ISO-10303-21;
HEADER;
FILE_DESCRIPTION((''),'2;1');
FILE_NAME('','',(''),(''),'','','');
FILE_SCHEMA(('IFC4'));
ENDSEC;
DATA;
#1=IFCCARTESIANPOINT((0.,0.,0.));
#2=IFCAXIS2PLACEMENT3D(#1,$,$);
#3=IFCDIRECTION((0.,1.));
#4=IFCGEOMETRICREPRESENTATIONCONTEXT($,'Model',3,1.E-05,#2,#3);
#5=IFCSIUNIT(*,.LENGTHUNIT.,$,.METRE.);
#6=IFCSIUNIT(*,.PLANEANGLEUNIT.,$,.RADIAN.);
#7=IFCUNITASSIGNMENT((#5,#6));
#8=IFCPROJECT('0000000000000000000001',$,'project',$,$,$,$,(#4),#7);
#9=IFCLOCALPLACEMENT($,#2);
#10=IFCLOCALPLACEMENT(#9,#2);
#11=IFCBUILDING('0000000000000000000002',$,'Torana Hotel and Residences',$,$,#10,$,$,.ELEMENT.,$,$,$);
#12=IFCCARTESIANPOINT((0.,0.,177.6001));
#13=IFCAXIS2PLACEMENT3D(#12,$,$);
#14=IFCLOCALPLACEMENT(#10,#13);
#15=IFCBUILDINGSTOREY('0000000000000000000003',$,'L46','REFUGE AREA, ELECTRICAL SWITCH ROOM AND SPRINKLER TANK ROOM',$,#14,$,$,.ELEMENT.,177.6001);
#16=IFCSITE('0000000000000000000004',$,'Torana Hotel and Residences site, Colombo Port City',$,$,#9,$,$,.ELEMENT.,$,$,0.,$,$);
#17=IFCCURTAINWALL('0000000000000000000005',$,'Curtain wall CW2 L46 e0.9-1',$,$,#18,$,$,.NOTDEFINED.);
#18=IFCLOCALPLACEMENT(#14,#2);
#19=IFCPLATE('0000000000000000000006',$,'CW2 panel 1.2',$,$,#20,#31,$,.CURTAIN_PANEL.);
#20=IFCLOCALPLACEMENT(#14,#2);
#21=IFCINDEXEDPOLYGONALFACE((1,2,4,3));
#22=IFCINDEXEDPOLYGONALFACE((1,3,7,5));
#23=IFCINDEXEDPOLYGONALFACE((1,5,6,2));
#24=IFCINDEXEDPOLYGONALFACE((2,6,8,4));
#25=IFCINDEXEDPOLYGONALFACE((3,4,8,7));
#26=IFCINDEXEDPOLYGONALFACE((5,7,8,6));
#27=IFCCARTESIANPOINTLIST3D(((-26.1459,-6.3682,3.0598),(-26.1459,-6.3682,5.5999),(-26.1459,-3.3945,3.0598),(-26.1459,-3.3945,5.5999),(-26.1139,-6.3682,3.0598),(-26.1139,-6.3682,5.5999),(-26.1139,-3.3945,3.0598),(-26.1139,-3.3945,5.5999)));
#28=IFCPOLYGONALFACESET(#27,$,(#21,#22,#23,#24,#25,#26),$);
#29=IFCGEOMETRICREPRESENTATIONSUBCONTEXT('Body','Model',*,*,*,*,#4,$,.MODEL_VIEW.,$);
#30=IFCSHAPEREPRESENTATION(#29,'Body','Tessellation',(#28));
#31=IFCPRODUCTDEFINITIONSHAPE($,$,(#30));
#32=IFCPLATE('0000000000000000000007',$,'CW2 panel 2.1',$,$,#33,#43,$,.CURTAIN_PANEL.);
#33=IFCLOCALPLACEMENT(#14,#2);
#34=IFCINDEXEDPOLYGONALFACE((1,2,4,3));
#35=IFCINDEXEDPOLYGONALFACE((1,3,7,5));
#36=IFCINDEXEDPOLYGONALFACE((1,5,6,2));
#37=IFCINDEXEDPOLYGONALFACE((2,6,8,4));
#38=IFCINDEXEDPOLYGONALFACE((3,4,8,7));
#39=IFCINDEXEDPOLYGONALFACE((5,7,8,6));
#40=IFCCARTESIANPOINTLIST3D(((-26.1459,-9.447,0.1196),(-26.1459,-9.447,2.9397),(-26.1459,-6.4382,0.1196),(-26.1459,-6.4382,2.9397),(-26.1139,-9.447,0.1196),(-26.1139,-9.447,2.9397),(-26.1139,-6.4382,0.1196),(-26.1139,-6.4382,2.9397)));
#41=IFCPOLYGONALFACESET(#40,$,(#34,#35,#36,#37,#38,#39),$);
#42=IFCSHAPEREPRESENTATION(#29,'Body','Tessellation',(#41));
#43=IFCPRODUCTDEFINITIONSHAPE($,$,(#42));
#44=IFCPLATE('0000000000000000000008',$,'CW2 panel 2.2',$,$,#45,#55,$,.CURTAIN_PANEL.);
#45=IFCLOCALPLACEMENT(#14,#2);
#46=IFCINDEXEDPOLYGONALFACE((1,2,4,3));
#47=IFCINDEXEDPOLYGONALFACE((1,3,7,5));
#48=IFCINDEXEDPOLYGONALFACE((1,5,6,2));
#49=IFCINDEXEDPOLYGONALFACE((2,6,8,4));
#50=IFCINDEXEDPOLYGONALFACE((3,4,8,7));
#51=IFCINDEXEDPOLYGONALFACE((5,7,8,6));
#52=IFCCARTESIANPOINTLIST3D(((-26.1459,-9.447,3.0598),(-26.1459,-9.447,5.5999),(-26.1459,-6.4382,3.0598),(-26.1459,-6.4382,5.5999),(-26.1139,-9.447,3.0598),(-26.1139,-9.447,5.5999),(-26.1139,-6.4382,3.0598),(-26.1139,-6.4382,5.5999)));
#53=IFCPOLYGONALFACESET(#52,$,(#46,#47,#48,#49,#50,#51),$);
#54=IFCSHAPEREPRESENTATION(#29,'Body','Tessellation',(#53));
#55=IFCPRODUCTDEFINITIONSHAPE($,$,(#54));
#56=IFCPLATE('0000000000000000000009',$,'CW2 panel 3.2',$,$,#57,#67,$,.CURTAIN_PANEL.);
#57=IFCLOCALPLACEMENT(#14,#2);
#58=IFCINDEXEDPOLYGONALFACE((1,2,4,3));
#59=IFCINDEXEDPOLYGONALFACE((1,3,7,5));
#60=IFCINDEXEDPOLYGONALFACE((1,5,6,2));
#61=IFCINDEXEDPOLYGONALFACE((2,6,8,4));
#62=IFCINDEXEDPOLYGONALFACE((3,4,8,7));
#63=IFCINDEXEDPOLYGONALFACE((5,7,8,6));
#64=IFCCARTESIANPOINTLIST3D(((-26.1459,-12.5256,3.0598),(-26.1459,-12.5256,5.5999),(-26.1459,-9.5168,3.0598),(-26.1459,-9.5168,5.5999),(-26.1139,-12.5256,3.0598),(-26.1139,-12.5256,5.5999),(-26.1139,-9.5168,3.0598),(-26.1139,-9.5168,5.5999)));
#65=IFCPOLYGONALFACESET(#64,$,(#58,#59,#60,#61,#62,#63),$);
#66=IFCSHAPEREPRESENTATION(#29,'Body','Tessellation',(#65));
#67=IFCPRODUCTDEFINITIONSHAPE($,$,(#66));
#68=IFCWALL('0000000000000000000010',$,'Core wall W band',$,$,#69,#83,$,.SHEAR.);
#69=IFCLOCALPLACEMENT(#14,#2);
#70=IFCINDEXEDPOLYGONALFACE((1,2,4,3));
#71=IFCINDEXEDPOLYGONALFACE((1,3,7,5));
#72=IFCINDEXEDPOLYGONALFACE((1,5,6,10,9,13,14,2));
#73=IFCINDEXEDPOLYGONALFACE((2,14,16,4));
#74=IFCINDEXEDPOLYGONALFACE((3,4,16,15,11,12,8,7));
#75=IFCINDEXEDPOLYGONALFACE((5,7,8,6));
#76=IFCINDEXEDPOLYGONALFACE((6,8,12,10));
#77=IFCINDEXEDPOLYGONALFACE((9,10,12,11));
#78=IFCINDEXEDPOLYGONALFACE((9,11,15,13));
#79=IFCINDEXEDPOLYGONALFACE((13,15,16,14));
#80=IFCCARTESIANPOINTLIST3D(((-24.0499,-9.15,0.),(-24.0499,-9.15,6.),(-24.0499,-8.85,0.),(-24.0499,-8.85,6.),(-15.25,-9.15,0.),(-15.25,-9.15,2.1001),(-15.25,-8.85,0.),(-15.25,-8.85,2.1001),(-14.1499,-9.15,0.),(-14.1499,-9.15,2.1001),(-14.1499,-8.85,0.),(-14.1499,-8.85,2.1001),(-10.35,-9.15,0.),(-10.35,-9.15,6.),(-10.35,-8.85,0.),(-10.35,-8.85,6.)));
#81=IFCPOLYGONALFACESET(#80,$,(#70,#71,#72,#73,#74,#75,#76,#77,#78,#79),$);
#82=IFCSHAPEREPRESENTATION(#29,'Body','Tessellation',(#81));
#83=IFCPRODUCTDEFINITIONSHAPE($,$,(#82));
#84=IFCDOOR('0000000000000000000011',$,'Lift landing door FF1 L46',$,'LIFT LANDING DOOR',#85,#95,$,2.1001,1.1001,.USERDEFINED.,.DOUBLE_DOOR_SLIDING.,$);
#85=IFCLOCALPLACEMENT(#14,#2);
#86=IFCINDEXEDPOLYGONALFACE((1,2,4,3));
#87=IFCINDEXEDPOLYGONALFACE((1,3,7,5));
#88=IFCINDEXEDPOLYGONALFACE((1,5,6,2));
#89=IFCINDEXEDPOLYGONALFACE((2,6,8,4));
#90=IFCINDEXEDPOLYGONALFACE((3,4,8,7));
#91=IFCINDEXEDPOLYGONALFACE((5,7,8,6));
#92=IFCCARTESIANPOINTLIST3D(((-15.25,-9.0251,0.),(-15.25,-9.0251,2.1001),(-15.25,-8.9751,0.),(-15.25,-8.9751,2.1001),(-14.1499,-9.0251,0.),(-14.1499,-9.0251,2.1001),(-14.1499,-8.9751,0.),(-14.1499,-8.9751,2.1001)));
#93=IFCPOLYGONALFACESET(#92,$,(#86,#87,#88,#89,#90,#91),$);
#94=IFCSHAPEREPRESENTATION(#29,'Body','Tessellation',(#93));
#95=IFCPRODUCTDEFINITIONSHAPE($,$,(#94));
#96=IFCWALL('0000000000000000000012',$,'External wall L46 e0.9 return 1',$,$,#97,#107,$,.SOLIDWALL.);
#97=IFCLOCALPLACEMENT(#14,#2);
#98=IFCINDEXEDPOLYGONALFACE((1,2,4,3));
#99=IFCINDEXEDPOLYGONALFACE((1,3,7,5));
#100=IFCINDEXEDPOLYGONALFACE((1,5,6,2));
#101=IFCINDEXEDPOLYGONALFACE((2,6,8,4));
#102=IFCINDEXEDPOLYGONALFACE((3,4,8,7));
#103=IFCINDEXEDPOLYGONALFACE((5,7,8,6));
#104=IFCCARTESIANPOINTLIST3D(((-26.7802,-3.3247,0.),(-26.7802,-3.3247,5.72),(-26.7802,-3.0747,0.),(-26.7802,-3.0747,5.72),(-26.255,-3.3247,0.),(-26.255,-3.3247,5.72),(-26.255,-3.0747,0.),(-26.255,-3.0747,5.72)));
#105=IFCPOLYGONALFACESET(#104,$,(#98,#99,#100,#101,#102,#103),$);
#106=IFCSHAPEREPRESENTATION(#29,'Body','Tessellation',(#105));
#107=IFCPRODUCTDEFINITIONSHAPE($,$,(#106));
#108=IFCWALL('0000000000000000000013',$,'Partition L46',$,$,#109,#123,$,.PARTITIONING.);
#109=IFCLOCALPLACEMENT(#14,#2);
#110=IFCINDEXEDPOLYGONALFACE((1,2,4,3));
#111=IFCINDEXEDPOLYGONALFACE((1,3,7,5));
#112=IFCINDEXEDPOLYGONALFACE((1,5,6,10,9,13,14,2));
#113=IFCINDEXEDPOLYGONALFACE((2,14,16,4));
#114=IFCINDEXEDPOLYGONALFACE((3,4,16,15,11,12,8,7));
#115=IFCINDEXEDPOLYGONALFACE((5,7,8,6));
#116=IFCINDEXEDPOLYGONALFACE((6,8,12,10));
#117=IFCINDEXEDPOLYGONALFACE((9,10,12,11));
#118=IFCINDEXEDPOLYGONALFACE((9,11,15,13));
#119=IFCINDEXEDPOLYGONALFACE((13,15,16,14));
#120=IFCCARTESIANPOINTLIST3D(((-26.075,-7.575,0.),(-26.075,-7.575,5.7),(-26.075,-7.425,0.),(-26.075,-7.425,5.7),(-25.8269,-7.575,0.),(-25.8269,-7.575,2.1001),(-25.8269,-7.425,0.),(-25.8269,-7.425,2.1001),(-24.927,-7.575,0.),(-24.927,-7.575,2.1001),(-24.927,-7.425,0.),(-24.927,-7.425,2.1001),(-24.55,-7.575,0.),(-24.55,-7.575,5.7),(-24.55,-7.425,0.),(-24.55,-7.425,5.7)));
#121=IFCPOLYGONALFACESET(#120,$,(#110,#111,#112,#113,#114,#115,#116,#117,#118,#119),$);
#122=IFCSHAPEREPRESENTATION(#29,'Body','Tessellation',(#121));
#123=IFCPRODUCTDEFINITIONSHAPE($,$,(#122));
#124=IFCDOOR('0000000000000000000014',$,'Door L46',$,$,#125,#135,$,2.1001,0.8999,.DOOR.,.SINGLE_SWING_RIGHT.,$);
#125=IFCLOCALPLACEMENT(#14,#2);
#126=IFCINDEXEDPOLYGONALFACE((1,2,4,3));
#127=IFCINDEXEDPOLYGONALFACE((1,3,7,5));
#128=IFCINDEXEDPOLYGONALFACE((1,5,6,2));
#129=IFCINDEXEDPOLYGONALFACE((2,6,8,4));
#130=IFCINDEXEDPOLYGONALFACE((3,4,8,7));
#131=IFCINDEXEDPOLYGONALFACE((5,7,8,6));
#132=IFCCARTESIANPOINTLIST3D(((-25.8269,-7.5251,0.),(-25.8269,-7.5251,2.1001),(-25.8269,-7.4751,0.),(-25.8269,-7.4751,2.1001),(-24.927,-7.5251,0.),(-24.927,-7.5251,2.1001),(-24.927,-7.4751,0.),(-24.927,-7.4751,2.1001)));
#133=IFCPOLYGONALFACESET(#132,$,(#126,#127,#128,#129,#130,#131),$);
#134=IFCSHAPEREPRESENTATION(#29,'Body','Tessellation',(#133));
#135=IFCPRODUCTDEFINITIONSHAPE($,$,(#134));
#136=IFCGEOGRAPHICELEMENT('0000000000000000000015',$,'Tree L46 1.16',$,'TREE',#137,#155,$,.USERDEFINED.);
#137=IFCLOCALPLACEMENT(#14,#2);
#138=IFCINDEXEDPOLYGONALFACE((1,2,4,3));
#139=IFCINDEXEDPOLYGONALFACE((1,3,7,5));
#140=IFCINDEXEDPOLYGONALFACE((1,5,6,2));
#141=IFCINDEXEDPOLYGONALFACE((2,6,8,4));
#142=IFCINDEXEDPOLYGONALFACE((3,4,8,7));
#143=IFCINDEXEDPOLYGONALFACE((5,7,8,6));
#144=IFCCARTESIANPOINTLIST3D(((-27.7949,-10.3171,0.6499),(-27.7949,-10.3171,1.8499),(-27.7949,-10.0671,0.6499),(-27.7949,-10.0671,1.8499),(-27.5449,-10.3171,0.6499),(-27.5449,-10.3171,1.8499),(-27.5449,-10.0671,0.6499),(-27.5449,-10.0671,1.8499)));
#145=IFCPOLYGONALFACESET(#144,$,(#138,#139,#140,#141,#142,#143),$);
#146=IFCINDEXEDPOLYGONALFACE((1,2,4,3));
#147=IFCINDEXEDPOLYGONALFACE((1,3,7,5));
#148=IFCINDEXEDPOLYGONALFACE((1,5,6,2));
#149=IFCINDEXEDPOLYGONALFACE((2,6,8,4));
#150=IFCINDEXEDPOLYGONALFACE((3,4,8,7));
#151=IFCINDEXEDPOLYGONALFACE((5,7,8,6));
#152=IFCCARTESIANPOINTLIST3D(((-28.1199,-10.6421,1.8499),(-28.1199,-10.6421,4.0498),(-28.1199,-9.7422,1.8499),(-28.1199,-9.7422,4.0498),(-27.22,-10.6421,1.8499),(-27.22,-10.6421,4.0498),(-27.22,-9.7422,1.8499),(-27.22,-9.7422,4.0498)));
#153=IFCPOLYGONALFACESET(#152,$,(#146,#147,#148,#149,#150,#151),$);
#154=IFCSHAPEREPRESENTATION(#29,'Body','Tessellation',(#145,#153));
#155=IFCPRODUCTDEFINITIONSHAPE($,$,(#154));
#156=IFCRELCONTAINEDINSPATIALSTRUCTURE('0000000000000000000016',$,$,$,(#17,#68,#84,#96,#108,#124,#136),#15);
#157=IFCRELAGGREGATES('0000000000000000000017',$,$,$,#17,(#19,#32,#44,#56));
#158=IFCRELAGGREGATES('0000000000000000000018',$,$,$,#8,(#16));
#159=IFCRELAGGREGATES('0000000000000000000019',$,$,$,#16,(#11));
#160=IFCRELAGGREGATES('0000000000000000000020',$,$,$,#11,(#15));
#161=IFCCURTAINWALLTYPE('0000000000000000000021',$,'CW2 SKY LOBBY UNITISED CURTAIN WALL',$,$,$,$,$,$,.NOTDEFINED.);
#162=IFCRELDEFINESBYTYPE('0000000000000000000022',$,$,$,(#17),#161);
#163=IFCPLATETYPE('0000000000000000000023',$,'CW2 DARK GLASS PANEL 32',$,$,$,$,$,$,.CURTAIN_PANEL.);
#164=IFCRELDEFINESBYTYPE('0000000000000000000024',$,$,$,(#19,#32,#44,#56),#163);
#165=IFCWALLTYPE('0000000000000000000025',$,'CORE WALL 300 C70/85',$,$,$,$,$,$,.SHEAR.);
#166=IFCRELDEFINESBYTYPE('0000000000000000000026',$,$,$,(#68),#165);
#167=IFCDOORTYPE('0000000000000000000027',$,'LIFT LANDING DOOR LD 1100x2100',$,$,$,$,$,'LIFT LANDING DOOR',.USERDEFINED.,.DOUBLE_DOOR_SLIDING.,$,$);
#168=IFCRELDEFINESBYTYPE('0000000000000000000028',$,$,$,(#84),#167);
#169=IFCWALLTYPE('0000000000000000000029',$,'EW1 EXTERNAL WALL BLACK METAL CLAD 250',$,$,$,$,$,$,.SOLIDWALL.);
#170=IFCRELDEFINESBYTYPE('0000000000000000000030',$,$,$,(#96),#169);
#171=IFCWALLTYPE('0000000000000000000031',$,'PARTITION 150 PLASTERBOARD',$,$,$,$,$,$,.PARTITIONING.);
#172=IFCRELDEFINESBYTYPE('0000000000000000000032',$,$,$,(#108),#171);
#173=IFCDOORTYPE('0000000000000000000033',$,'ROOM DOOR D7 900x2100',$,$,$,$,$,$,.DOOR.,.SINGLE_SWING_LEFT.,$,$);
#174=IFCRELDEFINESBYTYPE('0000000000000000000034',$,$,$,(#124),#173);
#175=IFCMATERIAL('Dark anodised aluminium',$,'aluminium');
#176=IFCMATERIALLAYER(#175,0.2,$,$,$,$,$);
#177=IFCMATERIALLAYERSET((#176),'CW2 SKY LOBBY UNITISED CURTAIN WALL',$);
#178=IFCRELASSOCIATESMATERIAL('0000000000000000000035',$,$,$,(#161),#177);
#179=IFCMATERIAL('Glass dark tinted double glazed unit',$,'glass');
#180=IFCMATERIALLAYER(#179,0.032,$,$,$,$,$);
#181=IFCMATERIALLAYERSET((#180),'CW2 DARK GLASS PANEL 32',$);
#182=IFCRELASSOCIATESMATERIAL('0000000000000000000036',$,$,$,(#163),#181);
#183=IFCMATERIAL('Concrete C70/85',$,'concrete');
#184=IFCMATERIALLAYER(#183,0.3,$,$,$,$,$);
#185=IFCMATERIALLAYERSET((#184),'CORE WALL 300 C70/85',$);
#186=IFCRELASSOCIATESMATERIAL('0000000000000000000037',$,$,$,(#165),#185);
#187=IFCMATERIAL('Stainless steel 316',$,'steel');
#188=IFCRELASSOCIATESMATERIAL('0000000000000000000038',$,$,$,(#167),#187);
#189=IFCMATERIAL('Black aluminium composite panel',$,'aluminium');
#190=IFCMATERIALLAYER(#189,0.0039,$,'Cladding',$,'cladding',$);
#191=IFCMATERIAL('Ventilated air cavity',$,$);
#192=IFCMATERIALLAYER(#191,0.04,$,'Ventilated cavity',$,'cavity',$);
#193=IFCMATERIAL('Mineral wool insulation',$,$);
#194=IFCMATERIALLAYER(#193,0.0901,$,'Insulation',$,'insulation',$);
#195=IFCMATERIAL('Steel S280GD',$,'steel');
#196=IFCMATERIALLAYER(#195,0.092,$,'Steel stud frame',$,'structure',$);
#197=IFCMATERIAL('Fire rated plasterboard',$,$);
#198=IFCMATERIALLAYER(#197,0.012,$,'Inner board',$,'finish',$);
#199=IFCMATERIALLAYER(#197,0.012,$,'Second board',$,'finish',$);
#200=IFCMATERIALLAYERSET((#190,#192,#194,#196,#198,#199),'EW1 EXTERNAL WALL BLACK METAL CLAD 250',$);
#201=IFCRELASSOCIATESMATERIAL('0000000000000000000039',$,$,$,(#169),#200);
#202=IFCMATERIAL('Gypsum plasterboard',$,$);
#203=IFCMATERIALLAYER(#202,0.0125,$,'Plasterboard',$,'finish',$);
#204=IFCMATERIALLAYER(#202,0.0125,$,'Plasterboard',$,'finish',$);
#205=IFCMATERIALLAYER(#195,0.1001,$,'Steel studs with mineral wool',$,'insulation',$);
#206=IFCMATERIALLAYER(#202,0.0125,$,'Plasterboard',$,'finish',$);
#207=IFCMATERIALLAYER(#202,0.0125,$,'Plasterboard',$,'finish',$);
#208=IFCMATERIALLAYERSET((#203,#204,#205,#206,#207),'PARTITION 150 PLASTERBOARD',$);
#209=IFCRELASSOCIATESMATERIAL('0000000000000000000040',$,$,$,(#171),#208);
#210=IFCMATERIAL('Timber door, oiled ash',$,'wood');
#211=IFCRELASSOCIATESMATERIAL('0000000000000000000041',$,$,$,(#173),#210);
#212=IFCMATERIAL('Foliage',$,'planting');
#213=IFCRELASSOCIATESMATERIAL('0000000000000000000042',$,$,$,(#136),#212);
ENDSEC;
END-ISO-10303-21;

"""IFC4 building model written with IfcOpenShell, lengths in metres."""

from ifc_helpers import new_model, si_unit, direction, frame, frame_2d, origin, origin_2d, place, context, subcontext, project, spatial, rectangle, extrude, material, layer, layer_set, type_object, element, fill, aggregate, save


model = new_model("IFC4")

# Units and contexts
model_context = context("Model", 3, precision=1e-05, world=origin(), true_north=direction((0.0, 1.0)))
body_context = subcontext(model_context, "Body", "Model", "MODEL_VIEW")
ifc_project = project(units=[si_unit("LENGTHUNIT", "METRE"), si_unit("PLANEANGLEUNIT", "RADIAN")], contexts=[model_context])

# Site, building, storey
site_placement = place(None, origin())
site = spatial("IfcSite", under=ifc_project, at=site_placement, Name="Torana Hotel and Residences site, Colombo Port City", CompositionType="ELEMENT", RefElevation=0.0)
building_placement = place(site_placement, origin())
building = spatial("IfcBuilding", under=site, at=building_placement, Name="Torana Hotel and Residences", CompositionType="ELEMENT")
storey_placement = place(building_placement, frame((0.0, 0.0, 177.6001)))
storey = spatial("IfcBuildingStorey", under=building, at=storey_placement, Name="L46", Description="REFUGE AREA, ELECTRICAL SWITCH ROOM AND SPRINKLER TANK ROOM", CompositionType="ELEMENT", Elevation=177.6001)

# Shared definitions
ifc_material_1 = material(Name="Dark anodised aluminium", Category="aluminium")
ifc_layer_1 = layer(ifc_material_1, 0.2)
ifc_layer_set_1 = layer_set([ifc_layer_1], Name="CW2 SKY LOBBY UNITISED CURTAIN WALL")
curtain_wall_type = type_object("IfcCurtainWallType", Name="CW2 SKY LOBBY UNITISED CURTAIN WALL", PredefinedType="NOTDEFINED", material=ifc_layer_set_1)

# Curtain wall, plates
curtain_wall_1_placement = place(storey_placement, origin())
curtain_wall_1 = element("IfcCurtainWall", 1, at=curtain_wall_1_placement, inside=storey, type_object=curtain_wall_type, Name="Curtain wall CW2 L46 e0.9-1", PredefinedType="NOTDEFINED")
ifc_material_2 = material(Name="Glass dark tinted double glazed unit", Category="glass")
ifc_layer_2 = layer(ifc_material_2, 0.032)
ifc_layer_set_2 = layer_set([ifc_layer_2], Name="CW2 DARK GLASS PANEL 32")
plate_type = type_object("IfcPlateType", Name="CW2 DARK GLASS PANEL 32", PredefinedType="CURTAIN_PANEL", material=ifc_layer_set_2)
plate_1_placement = place(storey_placement, frame((-26.1299, -4.8813, 3.0598), z_axis=(0.0, 0.0, 1.0), x_axis=(0.0, -1.0, 0.0)))
plate_1 = element("IfcPlate", 2, at=plate_1_placement, type_object=plate_type, Name="CW2 panel 1.2", PredefinedType="CURTAIN_PANEL", context=body_context, shape_type="SweptSolid", body=[
    extrude(rectangle(XDim=2.9736, YDim=0.032, at=origin_2d()), origin(), (0.0, 0.0, 1.0), 2.54),
])
plate_2_placement = place(storey_placement, frame((-26.1299, -7.9426, 0.1196), z_axis=(0.0, 0.0, 1.0), x_axis=(0.0, -1.0, 0.0)))
plate_2 = element("IfcPlate", 3, at=plate_2_placement, type_object=plate_type, Name="CW2 panel 2.1", PredefinedType="CURTAIN_PANEL", context=body_context, shape_type="SweptSolid", body=[
    extrude(rectangle(XDim=3.0088, YDim=0.032, at=origin_2d()), origin(), (0.0, 0.0, 1.0), 2.8201),
])
plate_3_placement = place(storey_placement, frame((-26.1299, -7.9426, 3.0598), z_axis=(0.0, 0.0, 1.0), x_axis=(0.0, -1.0, 0.0)))
plate_3 = element("IfcPlate", 4, at=plate_3_placement, type_object=plate_type, Name="CW2 panel 2.2", PredefinedType="CURTAIN_PANEL", context=body_context, shape_type="SweptSolid", body=[
    extrude(rectangle(XDim=3.0088, YDim=0.032, at=origin_2d()), origin(), (0.0, 0.0, 1.0), 2.54),
])
plate_4_placement = place(storey_placement, frame((-26.1299, -11.0212, 3.0598), z_axis=(0.0, 0.0, 1.0), x_axis=(0.0, -1.0, 0.0)))
plate_4 = element("IfcPlate", 5, at=plate_4_placement, type_object=plate_type, Name="CW2 panel 3.2", PredefinedType="CURTAIN_PANEL", context=body_context, shape_type="SweptSolid", body=[
    extrude(rectangle(XDim=3.0088, YDim=0.032, at=origin_2d()), origin(), (0.0, 0.0, 1.0), 2.54),
])
aggregate(curtain_wall_1, [plate_1, plate_2, plate_3, plate_4])

# Wall, opening, door
ifc_material_3 = material(Name="Concrete C70/85", Category="concrete")
ifc_layer_3 = layer(ifc_material_3, 0.3)
ifc_layer_set_3 = layer_set([ifc_layer_3], Name="CORE WALL 300 C70/85")
wall_type_1 = type_object("IfcWallType", Name="CORE WALL 300 C70/85", PredefinedType="SHEAR", material=ifc_layer_set_3)
wall_1_placement = place(storey_placement, frame((-24.05, -9.0, 0.0), z_axis=(0.0, 0.0, 1.0), x_axis=(1.0, 0.0, 0.0)))
wall_1 = element("IfcWall", 6, at=wall_1_placement, inside=storey, type_object=wall_type_1, Name="Core wall W band", PredefinedType="SHEAR", context=body_context, shape_type="SweptSolid", body=[
    extrude(rectangle(XDim=13.7, YDim=0.3, at=frame_2d((6.8501, 0.0))), origin(), (0.0, 0.0, 1.0), 6.0),
])
opening_1_placement = place(wall_1_placement, frame((8.8, 0.0, 0.0)))
opening_1 = element("IfcOpeningElement", 7, at=opening_1_placement, cuts=wall_1, PredefinedType="OPENING", context=body_context, shape_type="SweptSolid", body=[
    extrude(rectangle(XDim=1.1001, YDim=2.1001, at=frame_2d((0.55, 1.05))), frame((0.0, 0.1599, 0.0), z_axis=(0.0, -1.0, 0.0), x_axis=(1.0, 0.0, 0.0)), (0.0, 0.0, 1.0), 0.3201),
])
ifc_material_4 = material(Name="Stainless steel 316", Category="steel")
door_type_1 = type_object("IfcDoorType", Name="LIFT LANDING DOOR LD 1100x2100", ElementType="LIFT LANDING DOOR", OperationType="DOUBLE_DOOR_SLIDING", PredefinedType="USERDEFINED", material=ifc_material_4)
door_1_placement = place(opening_1_placement, origin())
door_1 = element("IfcDoor", 8, at=door_1_placement, inside=storey, type_object=door_type_1, Name="Lift landing door FF1 L46", ObjectType="LIFT LANDING DOOR", OperationType="DOUBLE_DOOR_SLIDING", OverallHeight=2.1001, OverallWidth=1.1001, PredefinedType="USERDEFINED", context=body_context, shape_type="SweptSolid", body=[
    extrude(rectangle(XDim=1.1001, YDim=2.1001, at=frame_2d((0.55, 1.05))), frame((0.0, 0.0249, 0.0), z_axis=(0.0, -1.0, 0.0), x_axis=(1.0, 0.0, 0.0)), (0.0, 0.0, 1.0), 0.05),
])
fill(opening_1, door_1)

# Wall
ifc_material_5 = material(Name="Black aluminium composite panel", Category="aluminium")
ifc_layer_4 = layer(ifc_material_5, 0.0039, Name="Cladding", Category="cladding")
ifc_material_6 = material(Name="Ventilated air cavity")
ifc_layer_5 = layer(ifc_material_6, 0.04, Name="Ventilated cavity", Category="cavity")
ifc_material_7 = material(Name="Mineral wool insulation")
ifc_layer_6 = layer(ifc_material_7, 0.0901, Name="Insulation", Category="insulation")
ifc_material_8 = material(Name="Steel S280GD", Category="steel")
ifc_layer_7 = layer(ifc_material_8, 0.092, Name="Steel stud frame", Category="structure")
ifc_material_9 = material(Name="Fire rated plasterboard")
ifc_layer_8 = layer(ifc_material_9, 0.012, Name="Inner board", Category="finish")
ifc_layer_9 = layer(ifc_material_9, 0.012, Name="Second board", Category="finish")
ifc_layer_set_4 = layer_set([ifc_layer_4, ifc_layer_5, ifc_layer_6, ifc_layer_7, ifc_layer_8, ifc_layer_9], Name="EW1 EXTERNAL WALL BLACK METAL CLAD 250")
wall_type_2 = type_object("IfcWallType", Name="EW1 EXTERNAL WALL BLACK METAL CLAD 250", PredefinedType="SOLIDWALL", material=ifc_layer_set_4)
wall_2_placement = place(storey_placement, frame((-26.2549, -3.1997, 0.0), z_axis=(0.0, 0.0, 1.0), x_axis=(-1.0, 0.0, 0.0)))
element("IfcWall", 9, at=wall_2_placement, inside=storey, type_object=wall_type_2, Name="External wall L46 e0.9 return 1", PredefinedType="SOLIDWALL", context=body_context, shape_type="SweptSolid", body=[
    extrude(rectangle(XDim=0.5251, YDim=0.25, at=frame_2d((0.2627, 0.0))), origin(), (0.0, 0.0, 1.0), 5.72),
])

# Wall, opening, door
ifc_material_10 = material(Name="Gypsum plasterboard")
ifc_layer_10 = layer(ifc_material_10, 0.0125, Name="Plasterboard", Category="finish")
ifc_layer_11 = layer(ifc_material_10, 0.0125, Name="Plasterboard", Category="finish")
ifc_layer_12 = layer(ifc_material_8, 0.1001, Name="Steel studs with mineral wool", Category="insulation")
ifc_layer_13 = layer(ifc_material_10, 0.0125, Name="Plasterboard", Category="finish")
ifc_layer_14 = layer(ifc_material_10, 0.0125, Name="Plasterboard", Category="finish")
ifc_layer_set_5 = layer_set([ifc_layer_10, ifc_layer_11, ifc_layer_12, ifc_layer_13, ifc_layer_14], Name="PARTITION 150 PLASTERBOARD")
wall_type_3 = type_object("IfcWallType", Name="PARTITION 150 PLASTERBOARD", PredefinedType="PARTITIONING", material=ifc_layer_set_5)
wall_3_placement = place(storey_placement, frame((-26.075, -7.5, 0.0), z_axis=(0.0, 0.0, 1.0), x_axis=(1.0, 0.0, 0.0)))
wall_3 = element("IfcWall", 10, at=wall_3_placement, inside=storey, type_object=wall_type_3, Name="Partition L46", PredefinedType="PARTITIONING", context=body_context, shape_type="SweptSolid", body=[
    extrude(rectangle(XDim=1.5249, YDim=0.1499, at=frame_2d((0.7625, 0.0))), origin(), (0.0, 0.0, 1.0), 5.7),
])
opening_2_placement = place(wall_3_placement, frame((0.248, 0.0, 0.0)))
opening_2 = element("IfcOpeningElement", 11, at=opening_2_placement, cuts=wall_3, PredefinedType="OPENING", context=body_context, shape_type="SweptSolid", body=[
    extrude(rectangle(XDim=0.8999, YDim=2.1001, at=frame_2d((0.45, 1.05))), frame((0.0, 0.085, 0.0), z_axis=(0.0, -1.0, 0.0), x_axis=(1.0, 0.0, 0.0)), (0.0, 0.0, 1.0), 0.1699),
])
ifc_material_11 = material(Name="Timber door, oiled ash", Category="wood")
door_type_2 = type_object("IfcDoorType", Name="ROOM DOOR D7 900x2100", OperationType="SINGLE_SWING_LEFT", PredefinedType="DOOR", material=ifc_material_11)
door_2_placement = place(opening_2_placement, origin())
door_2 = element("IfcDoor", 12, at=door_2_placement, inside=storey, type_object=door_type_2, Name="Door L46", OperationType="SINGLE_SWING_RIGHT", OverallHeight=2.1001, OverallWidth=0.8999, PredefinedType="DOOR", context=body_context, shape_type="SweptSolid", body=[
    extrude(rectangle(XDim=0.8999, YDim=2.1001, at=frame_2d((0.45, 1.05))), frame((0.0, 0.0249, 0.0), z_axis=(0.0, -1.0, 0.0), x_axis=(1.0, 0.0, 0.0)), (0.0, 0.0, 1.0), 0.05),
])
fill(opening_2, door_2)

# Geographic element
ifc_material_12 = material(Name="Foliage", Category="planting")
geographic_element_placement = place(storey_placement, frame((-27.6699, -10.1921, 0.6499), z_axis=(0.0, 0.0, 1.0), x_axis=(1.0, 0.0, 0.0)))
element("IfcGeographicElement", 13, at=geographic_element_placement, inside=storey, material=ifc_material_12, Name="Tree L46 1.16", ObjectType="TREE", PredefinedType="USERDEFINED", context=body_context, shape_type="SweptSolid", body=[
    extrude(rectangle(XDim=0.25, YDim=0.25, at=origin_2d()), origin(), (0.0, 0.0, 1.0), 1.2),
    extrude(rectangle(XDim=0.8999, YDim=0.8999, at=origin_2d()), frame((0.0, 0.0, 1.2)), (0.0, 0.0, 1.0), 2.2),
])

save(model, "model.ifc")
